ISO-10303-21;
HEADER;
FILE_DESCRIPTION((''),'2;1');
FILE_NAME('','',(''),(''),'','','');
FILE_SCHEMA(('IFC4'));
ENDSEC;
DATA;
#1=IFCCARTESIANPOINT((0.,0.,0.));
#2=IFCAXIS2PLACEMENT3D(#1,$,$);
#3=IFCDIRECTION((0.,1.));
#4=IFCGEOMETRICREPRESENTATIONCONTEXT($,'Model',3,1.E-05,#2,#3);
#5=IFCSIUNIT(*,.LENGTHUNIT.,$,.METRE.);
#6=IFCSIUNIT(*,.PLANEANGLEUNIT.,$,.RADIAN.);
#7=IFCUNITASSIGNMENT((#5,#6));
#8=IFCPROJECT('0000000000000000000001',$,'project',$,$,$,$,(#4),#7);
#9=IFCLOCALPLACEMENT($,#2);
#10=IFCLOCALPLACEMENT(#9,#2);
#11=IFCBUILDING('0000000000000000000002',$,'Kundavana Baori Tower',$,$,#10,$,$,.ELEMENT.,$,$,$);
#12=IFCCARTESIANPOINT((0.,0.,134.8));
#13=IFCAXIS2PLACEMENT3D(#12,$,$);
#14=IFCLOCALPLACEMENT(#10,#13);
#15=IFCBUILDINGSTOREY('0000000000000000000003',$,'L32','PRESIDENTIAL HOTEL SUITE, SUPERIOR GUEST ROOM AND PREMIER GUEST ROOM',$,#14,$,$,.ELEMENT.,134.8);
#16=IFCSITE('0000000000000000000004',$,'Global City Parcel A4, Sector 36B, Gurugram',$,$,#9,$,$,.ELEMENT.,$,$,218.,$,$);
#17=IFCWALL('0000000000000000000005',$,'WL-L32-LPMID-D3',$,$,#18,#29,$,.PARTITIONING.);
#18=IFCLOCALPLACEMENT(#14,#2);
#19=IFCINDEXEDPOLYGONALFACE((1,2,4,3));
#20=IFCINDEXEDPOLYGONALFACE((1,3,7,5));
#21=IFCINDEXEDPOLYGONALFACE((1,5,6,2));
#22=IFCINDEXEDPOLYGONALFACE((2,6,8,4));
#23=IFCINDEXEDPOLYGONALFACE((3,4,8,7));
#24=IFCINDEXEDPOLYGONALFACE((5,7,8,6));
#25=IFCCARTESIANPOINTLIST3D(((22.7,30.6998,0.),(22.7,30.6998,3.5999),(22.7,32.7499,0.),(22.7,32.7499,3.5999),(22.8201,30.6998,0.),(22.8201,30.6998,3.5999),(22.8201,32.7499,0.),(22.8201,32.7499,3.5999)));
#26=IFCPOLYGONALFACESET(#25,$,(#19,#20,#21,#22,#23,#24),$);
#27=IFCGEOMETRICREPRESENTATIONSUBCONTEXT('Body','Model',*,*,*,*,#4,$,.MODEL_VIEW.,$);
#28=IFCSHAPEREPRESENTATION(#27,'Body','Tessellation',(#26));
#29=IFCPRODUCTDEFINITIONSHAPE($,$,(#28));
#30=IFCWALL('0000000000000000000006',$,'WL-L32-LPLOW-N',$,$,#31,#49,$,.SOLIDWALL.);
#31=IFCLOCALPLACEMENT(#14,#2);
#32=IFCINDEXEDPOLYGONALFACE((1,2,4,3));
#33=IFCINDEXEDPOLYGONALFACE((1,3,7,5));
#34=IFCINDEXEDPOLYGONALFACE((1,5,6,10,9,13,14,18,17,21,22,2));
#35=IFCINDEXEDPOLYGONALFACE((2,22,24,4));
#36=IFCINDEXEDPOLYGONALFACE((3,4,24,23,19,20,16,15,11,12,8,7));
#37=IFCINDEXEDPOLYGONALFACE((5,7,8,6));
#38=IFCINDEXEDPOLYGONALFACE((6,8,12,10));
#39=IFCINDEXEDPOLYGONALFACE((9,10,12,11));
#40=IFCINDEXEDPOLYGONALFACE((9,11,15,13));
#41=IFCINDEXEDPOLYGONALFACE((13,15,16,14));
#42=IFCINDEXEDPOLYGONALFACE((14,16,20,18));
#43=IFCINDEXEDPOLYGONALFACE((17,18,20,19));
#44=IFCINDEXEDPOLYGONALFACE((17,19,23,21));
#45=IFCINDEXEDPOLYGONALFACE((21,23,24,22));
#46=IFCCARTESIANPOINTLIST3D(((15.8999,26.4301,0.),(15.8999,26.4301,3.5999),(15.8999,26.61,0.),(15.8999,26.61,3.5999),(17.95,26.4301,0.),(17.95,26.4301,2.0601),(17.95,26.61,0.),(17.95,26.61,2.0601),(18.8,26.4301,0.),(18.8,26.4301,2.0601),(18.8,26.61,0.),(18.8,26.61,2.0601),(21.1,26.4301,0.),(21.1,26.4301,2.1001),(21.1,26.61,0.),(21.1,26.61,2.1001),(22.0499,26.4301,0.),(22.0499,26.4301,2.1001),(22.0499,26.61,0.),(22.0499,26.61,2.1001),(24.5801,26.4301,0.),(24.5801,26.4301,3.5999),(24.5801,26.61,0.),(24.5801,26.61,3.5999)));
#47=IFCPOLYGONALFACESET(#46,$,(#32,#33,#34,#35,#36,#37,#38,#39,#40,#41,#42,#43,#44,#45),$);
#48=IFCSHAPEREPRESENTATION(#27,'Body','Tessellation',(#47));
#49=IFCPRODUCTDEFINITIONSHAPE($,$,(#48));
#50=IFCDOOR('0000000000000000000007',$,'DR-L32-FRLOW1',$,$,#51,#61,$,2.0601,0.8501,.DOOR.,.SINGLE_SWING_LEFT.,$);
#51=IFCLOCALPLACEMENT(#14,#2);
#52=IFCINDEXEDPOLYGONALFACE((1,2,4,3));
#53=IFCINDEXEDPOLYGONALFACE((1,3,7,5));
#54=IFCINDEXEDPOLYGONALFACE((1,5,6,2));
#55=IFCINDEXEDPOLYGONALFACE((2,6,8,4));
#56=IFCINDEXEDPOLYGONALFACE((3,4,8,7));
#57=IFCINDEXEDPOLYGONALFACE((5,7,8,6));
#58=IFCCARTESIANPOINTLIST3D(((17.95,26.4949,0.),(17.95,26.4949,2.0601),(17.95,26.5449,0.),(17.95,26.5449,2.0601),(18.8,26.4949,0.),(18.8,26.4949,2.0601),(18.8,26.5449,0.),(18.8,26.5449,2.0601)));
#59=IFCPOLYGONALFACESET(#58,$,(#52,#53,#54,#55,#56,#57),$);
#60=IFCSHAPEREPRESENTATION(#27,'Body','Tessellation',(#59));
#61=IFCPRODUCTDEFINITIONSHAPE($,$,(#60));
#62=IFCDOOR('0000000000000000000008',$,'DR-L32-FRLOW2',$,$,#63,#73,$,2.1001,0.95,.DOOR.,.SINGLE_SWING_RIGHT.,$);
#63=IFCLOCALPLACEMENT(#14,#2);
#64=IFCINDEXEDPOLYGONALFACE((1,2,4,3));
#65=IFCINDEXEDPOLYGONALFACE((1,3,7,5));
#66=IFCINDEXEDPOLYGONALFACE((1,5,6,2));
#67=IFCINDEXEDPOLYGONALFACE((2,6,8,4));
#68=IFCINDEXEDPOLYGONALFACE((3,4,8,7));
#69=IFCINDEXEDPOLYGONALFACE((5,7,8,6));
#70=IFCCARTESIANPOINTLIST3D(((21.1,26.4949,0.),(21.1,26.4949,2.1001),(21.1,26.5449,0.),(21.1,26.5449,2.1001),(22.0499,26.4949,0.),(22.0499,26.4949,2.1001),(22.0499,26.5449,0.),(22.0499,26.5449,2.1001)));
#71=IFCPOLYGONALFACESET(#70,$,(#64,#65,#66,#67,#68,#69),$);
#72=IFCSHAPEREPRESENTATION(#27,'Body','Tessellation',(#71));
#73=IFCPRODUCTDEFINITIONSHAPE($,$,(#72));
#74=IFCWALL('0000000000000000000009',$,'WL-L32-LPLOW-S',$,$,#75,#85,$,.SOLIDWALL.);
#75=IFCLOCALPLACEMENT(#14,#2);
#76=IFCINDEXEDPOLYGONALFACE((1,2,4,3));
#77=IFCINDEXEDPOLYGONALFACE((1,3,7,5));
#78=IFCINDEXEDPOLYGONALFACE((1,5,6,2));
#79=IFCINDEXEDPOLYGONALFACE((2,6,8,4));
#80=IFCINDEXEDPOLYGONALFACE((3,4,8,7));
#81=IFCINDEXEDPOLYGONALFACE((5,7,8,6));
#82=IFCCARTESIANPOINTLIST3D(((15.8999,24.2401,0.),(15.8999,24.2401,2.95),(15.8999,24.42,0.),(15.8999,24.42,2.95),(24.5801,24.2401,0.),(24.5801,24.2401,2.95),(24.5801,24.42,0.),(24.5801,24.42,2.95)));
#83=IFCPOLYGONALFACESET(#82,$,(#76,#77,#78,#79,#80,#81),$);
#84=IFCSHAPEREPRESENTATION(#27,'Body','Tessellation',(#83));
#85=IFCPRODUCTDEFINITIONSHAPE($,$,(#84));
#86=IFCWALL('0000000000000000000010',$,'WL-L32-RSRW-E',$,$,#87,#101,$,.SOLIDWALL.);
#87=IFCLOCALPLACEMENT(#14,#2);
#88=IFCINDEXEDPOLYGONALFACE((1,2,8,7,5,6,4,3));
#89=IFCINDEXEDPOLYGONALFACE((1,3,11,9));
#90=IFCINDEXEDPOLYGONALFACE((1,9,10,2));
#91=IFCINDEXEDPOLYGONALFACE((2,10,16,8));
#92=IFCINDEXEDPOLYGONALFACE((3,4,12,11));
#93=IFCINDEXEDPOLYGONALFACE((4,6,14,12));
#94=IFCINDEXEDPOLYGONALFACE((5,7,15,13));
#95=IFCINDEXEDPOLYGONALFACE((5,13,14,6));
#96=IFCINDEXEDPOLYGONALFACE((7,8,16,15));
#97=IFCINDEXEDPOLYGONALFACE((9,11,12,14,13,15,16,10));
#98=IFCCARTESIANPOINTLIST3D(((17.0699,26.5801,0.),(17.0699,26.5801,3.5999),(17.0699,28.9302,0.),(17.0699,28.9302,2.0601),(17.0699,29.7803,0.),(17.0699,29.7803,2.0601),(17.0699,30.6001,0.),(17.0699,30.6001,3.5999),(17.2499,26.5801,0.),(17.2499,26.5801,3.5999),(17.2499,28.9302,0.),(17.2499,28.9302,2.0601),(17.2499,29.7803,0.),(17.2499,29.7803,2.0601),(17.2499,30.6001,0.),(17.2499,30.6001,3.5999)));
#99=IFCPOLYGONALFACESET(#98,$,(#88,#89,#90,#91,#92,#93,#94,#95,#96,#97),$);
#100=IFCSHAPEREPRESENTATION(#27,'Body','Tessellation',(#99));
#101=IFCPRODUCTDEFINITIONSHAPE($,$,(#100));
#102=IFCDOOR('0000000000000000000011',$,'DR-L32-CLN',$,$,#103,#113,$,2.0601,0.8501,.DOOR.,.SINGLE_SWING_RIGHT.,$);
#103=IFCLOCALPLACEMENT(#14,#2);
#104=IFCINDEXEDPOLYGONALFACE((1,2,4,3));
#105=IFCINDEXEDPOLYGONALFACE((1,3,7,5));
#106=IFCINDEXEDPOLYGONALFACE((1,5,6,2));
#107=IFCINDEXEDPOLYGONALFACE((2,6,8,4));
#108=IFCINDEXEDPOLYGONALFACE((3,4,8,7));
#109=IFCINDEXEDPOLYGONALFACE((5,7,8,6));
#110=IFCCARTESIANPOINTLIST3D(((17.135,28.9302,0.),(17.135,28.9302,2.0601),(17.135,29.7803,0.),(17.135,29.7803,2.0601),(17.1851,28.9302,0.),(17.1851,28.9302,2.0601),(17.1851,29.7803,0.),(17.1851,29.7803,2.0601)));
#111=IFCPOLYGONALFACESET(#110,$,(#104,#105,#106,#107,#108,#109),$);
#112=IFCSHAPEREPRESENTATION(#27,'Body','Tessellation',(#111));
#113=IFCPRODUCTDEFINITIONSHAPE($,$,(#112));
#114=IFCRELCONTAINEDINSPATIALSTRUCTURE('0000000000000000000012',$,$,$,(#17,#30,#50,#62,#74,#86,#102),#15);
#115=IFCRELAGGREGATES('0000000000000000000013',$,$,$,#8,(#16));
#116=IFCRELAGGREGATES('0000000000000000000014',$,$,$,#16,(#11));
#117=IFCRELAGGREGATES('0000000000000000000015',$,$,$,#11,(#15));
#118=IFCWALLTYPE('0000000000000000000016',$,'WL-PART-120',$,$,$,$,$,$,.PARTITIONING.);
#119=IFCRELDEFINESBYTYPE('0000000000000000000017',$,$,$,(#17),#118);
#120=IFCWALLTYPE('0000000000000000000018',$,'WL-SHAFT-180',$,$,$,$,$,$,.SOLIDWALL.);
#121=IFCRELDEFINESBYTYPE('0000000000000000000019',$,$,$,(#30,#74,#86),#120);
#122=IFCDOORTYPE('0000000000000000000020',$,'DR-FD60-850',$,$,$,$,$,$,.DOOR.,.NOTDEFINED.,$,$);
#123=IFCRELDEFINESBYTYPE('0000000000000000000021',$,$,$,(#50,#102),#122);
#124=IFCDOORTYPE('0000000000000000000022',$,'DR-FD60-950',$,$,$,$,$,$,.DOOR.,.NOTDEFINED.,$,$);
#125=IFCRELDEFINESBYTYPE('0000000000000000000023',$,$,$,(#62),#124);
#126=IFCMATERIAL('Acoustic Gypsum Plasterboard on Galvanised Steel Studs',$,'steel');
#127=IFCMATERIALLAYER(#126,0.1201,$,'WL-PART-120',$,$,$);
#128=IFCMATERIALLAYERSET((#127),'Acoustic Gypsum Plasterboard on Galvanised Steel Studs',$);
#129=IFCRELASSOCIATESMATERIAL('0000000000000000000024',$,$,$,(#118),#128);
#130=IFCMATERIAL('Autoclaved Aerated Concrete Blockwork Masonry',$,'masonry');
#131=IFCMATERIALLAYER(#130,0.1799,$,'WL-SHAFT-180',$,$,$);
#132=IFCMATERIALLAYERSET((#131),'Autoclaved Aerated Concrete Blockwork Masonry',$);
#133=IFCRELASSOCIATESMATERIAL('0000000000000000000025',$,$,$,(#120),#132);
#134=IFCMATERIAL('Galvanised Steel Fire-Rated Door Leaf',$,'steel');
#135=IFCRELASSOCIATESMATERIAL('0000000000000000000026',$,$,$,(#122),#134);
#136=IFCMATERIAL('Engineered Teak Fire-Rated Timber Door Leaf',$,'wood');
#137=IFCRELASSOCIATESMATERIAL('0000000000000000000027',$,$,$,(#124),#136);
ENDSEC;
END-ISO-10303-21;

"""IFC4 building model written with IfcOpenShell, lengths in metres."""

from ifc_helpers import new_model, si_unit, direction, frame, frame_2d, origin, place, context, subcontext, project, spatial, rectangle, extrude, material, layer, layer_set, type_object, element, fill, save


model = new_model("IFC4")

# Units and contexts
model_context = context("Model", 3, precision=1e-05, world=origin(), true_north=direction((0.0, 1.0)))
body_context = subcontext(model_context, "Body", "Model", "MODEL_VIEW")
ifc_project = project(units=[si_unit("LENGTHUNIT", "METRE"), si_unit("PLANEANGLEUNIT", "RADIAN")], contexts=[model_context])

# Site, building, storey
site_placement = place(None, origin())
site = spatial("IfcSite", under=ifc_project, at=site_placement, Name="Global City Parcel A4, Sector 36B, Gurugram", CompositionType="ELEMENT", RefElevation=218.0)
building_placement = place(site_placement, origin())
building = spatial("IfcBuilding", under=site, at=building_placement, Name="Kundavana Baori Tower", CompositionType="ELEMENT")
storey_placement = place(building_placement, frame((0.0, 0.0, 134.8)))
storey = spatial("IfcBuildingStorey", under=building, at=storey_placement, Name="L32", Description="PRESIDENTIAL HOTEL SUITE, SUPERIOR GUEST ROOM AND PREMIER GUEST ROOM", CompositionType="ELEMENT", Elevation=134.8)

# Wall
ifc_material_1 = material(Name="Acoustic Gypsum Plasterboard on Galvanised Steel Studs", Category="steel")
ifc_layer_1 = layer(ifc_material_1, 0.1201, Name="WL-PART-120")
ifc_layer_set_1 = layer_set([ifc_layer_1], Name="Acoustic Gypsum Plasterboard on Galvanised Steel Studs")
wall_type_1 = type_object("IfcWallType", Name="WL-PART-120", PredefinedType="PARTITIONING", material=ifc_layer_set_1)
for number, where, z_axis, x_axis, name in (
    (1, (22.76, 30.7, 0.0), (0.0, 0.0, 1.0), (0.0, 1.0, 0.0), "WL-L32-LPMID-D3"),
):
    element("IfcWall", number, at=place(storey_placement, frame(where, z_axis=z_axis, x_axis=x_axis)), inside=storey, type_object=wall_type_1, Name=name, PredefinedType="PARTITIONING", context=body_context, shape_type="SweptSolid", body=[
        extrude(rectangle(XDim=2.05, YDim=0.1201, at=frame_2d((1.0249, 0.0))), origin(), (0.0, 0.0, 1.0), 3.5999),
    ])

# Wall, openings, doors
ifc_material_2 = material(Name="Autoclaved Aerated Concrete Blockwork Masonry", Category="masonry")
ifc_layer_2 = layer(ifc_material_2, 0.1799, Name="WL-SHAFT-180")
ifc_layer_set_2 = layer_set([ifc_layer_2], Name="Autoclaved Aerated Concrete Blockwork Masonry")
wall_type_2 = type_object("IfcWallType", Name="WL-SHAFT-180", PredefinedType="SOLIDWALL", material=ifc_layer_set_2)
wall_1_placement = place(storey_placement, frame((15.8999, 26.52, 0.0), z_axis=(0.0, 0.0, 1.0), x_axis=(1.0, 0.0, 0.0)))
wall_1 = element("IfcWall", 2, at=wall_1_placement, inside=storey, type_object=wall_type_2, Name="WL-L32-LPLOW-N", PredefinedType="SOLIDWALL", context=body_context, shape_type="SweptSolid", body=[
    extrude(rectangle(XDim=8.6802, YDim=0.1799, at=frame_2d((4.3401, 0.0))), origin(), (0.0, 0.0, 1.0), 3.5999),
])
opening_1_placement = place(wall_1_placement, frame((2.05, 0.0, 0.0)))
opening_1 = element("IfcOpeningElement", 3, at=opening_1_placement, cuts=wall_1, PredefinedType="OPENING", context=body_context, shape_type="SweptSolid", body=[
    extrude(rectangle(XDim=0.8501, YDim=2.0601, at=frame_2d((0.425, 1.03))), frame((0.0, 0.1001, 0.0), z_axis=(0.0, -1.0, 0.0), x_axis=(1.0, 0.0, 0.0)), (0.0, 0.0, 1.0), 0.2),
])
opening_2_placement = place(wall_1_placement, frame((5.2, 0.0, 0.0)))
opening_2 = element("IfcOpeningElement", 4, at=opening_2_placement, cuts=wall_1, PredefinedType="OPENING", context=body_context, shape_type="SweptSolid", body=[
    extrude(rectangle(XDim=0.95, YDim=2.1001, at=frame_2d((0.4751, 1.05))), frame((0.0, 0.1001, 0.0), z_axis=(0.0, -1.0, 0.0), x_axis=(1.0, 0.0, 0.0)), (0.0, 0.0, 1.0), 0.2),
])
ifc_material_3 = material(Name="Galvanised Steel Fire-Rated Door Leaf", Category="steel")
door_type_1 = type_object("IfcDoorType", Name="DR-FD60-850", OperationType="NOTDEFINED", PredefinedType="DOOR", material=ifc_material_3)
door_1_placement = place(opening_1_placement, origin())
door_1 = element("IfcDoor", 5, at=door_1_placement, inside=storey, type_object=door_type_1, Name="DR-L32-FRLOW1", OperationType="SINGLE_SWING_LEFT", OverallHeight=2.0601, OverallWidth=0.8501, PredefinedType="DOOR", context=body_context, shape_type="SweptSolid", body=[
    extrude(rectangle(XDim=0.8501, YDim=2.0601, at=frame_2d((0.425, 1.03))), frame((0.0, 0.0249, 0.0), z_axis=(0.0, -1.0, 0.0), x_axis=(1.0, 0.0, 0.0)), (0.0, 0.0, 1.0), 0.05),
])
fill(opening_1, door_1)
ifc_material_4 = material(Name="Engineered Teak Fire-Rated Timber Door Leaf", Category="wood")
door_type_2 = type_object("IfcDoorType", Name="DR-FD60-950", OperationType="NOTDEFINED", PredefinedType="DOOR", material=ifc_material_4)
door_2_placement = place(opening_2_placement, origin())
door_2 = element("IfcDoor", 6, at=door_2_placement, inside=storey, type_object=door_type_2, Name="DR-L32-FRLOW2", OperationType="SINGLE_SWING_RIGHT", OverallHeight=2.1001, OverallWidth=0.95, PredefinedType="DOOR", context=body_context, shape_type="SweptSolid", body=[
    extrude(rectangle(XDim=0.95, YDim=2.1001, at=frame_2d((0.4751, 1.05))), frame((0.0, 0.0249, 0.0), z_axis=(0.0, -1.0, 0.0), x_axis=(1.0, 0.0, 0.0)), (0.0, 0.0, 1.0), 0.05),
])
fill(opening_2, door_2)

# Wall
wall_2_placement = place(storey_placement, frame((15.8999, 24.3301, 0.0), z_axis=(0.0, 0.0, 1.0), x_axis=(1.0, 0.0, 0.0)))
element("IfcWall", 7, at=wall_2_placement, inside=storey, type_object=wall_type_2, Name="WL-L32-LPLOW-S", PredefinedType="SOLIDWALL", context=body_context, shape_type="SweptSolid", body=[
    extrude(rectangle(XDim=8.6802, YDim=0.1799, at=frame_2d((4.3401, 0.0))), origin(), (0.0, 0.0, 1.0), 2.95),
])

# Wall, opening, door
wall_3_placement = place(storey_placement, frame((17.1599, 26.5801, 0.0), z_axis=(0.0, 0.0, 1.0), x_axis=(0.0, 1.0, 0.0)))
wall_3 = element("IfcWall", 8, at=wall_3_placement, inside=storey, type_object=wall_type_2, Name="WL-L32-RSRW-E", PredefinedType="SOLIDWALL", context=body_context, shape_type="SweptSolid", body=[
    extrude(rectangle(XDim=4.02, YDim=0.1799, at=frame_2d((2.01, 0.0))), origin(), (0.0, 0.0, 1.0), 3.5999),
])
opening_3_placement = place(wall_3_placement, frame((2.3501, 0.0, 0.0)))
opening_3 = element("IfcOpeningElement", 9, at=opening_3_placement, cuts=wall_3, PredefinedType="OPENING", context=body_context, shape_type="SweptSolid", body=[
    extrude(rectangle(XDim=0.8501, YDim=2.0601, at=frame_2d((0.425, 1.03))), frame((0.0, 0.1001, 0.0), z_axis=(0.0, -1.0, 0.0), x_axis=(1.0, 0.0, 0.0)), (0.0, 0.0, 1.0), 0.2),
])
door_3_placement = place(opening_3_placement, origin())
door_3 = element("IfcDoor", 10, at=door_3_placement, inside=storey, type_object=door_type_1, Name="DR-L32-CLN", OperationType="SINGLE_SWING_RIGHT", OverallHeight=2.0601, OverallWidth=0.8501, PredefinedType="DOOR", context=body_context, shape_type="SweptSolid", body=[
    extrude(rectangle(XDim=0.8501, YDim=2.0601, at=frame_2d((0.425, 1.03))), frame((0.0, 0.0249, 0.0), z_axis=(0.0, -1.0, 0.0), x_axis=(1.0, 0.0, 0.0)), (0.0, 0.0, 1.0), 0.05),
])
fill(opening_3, door_3)

save(model, "model.ifc")
